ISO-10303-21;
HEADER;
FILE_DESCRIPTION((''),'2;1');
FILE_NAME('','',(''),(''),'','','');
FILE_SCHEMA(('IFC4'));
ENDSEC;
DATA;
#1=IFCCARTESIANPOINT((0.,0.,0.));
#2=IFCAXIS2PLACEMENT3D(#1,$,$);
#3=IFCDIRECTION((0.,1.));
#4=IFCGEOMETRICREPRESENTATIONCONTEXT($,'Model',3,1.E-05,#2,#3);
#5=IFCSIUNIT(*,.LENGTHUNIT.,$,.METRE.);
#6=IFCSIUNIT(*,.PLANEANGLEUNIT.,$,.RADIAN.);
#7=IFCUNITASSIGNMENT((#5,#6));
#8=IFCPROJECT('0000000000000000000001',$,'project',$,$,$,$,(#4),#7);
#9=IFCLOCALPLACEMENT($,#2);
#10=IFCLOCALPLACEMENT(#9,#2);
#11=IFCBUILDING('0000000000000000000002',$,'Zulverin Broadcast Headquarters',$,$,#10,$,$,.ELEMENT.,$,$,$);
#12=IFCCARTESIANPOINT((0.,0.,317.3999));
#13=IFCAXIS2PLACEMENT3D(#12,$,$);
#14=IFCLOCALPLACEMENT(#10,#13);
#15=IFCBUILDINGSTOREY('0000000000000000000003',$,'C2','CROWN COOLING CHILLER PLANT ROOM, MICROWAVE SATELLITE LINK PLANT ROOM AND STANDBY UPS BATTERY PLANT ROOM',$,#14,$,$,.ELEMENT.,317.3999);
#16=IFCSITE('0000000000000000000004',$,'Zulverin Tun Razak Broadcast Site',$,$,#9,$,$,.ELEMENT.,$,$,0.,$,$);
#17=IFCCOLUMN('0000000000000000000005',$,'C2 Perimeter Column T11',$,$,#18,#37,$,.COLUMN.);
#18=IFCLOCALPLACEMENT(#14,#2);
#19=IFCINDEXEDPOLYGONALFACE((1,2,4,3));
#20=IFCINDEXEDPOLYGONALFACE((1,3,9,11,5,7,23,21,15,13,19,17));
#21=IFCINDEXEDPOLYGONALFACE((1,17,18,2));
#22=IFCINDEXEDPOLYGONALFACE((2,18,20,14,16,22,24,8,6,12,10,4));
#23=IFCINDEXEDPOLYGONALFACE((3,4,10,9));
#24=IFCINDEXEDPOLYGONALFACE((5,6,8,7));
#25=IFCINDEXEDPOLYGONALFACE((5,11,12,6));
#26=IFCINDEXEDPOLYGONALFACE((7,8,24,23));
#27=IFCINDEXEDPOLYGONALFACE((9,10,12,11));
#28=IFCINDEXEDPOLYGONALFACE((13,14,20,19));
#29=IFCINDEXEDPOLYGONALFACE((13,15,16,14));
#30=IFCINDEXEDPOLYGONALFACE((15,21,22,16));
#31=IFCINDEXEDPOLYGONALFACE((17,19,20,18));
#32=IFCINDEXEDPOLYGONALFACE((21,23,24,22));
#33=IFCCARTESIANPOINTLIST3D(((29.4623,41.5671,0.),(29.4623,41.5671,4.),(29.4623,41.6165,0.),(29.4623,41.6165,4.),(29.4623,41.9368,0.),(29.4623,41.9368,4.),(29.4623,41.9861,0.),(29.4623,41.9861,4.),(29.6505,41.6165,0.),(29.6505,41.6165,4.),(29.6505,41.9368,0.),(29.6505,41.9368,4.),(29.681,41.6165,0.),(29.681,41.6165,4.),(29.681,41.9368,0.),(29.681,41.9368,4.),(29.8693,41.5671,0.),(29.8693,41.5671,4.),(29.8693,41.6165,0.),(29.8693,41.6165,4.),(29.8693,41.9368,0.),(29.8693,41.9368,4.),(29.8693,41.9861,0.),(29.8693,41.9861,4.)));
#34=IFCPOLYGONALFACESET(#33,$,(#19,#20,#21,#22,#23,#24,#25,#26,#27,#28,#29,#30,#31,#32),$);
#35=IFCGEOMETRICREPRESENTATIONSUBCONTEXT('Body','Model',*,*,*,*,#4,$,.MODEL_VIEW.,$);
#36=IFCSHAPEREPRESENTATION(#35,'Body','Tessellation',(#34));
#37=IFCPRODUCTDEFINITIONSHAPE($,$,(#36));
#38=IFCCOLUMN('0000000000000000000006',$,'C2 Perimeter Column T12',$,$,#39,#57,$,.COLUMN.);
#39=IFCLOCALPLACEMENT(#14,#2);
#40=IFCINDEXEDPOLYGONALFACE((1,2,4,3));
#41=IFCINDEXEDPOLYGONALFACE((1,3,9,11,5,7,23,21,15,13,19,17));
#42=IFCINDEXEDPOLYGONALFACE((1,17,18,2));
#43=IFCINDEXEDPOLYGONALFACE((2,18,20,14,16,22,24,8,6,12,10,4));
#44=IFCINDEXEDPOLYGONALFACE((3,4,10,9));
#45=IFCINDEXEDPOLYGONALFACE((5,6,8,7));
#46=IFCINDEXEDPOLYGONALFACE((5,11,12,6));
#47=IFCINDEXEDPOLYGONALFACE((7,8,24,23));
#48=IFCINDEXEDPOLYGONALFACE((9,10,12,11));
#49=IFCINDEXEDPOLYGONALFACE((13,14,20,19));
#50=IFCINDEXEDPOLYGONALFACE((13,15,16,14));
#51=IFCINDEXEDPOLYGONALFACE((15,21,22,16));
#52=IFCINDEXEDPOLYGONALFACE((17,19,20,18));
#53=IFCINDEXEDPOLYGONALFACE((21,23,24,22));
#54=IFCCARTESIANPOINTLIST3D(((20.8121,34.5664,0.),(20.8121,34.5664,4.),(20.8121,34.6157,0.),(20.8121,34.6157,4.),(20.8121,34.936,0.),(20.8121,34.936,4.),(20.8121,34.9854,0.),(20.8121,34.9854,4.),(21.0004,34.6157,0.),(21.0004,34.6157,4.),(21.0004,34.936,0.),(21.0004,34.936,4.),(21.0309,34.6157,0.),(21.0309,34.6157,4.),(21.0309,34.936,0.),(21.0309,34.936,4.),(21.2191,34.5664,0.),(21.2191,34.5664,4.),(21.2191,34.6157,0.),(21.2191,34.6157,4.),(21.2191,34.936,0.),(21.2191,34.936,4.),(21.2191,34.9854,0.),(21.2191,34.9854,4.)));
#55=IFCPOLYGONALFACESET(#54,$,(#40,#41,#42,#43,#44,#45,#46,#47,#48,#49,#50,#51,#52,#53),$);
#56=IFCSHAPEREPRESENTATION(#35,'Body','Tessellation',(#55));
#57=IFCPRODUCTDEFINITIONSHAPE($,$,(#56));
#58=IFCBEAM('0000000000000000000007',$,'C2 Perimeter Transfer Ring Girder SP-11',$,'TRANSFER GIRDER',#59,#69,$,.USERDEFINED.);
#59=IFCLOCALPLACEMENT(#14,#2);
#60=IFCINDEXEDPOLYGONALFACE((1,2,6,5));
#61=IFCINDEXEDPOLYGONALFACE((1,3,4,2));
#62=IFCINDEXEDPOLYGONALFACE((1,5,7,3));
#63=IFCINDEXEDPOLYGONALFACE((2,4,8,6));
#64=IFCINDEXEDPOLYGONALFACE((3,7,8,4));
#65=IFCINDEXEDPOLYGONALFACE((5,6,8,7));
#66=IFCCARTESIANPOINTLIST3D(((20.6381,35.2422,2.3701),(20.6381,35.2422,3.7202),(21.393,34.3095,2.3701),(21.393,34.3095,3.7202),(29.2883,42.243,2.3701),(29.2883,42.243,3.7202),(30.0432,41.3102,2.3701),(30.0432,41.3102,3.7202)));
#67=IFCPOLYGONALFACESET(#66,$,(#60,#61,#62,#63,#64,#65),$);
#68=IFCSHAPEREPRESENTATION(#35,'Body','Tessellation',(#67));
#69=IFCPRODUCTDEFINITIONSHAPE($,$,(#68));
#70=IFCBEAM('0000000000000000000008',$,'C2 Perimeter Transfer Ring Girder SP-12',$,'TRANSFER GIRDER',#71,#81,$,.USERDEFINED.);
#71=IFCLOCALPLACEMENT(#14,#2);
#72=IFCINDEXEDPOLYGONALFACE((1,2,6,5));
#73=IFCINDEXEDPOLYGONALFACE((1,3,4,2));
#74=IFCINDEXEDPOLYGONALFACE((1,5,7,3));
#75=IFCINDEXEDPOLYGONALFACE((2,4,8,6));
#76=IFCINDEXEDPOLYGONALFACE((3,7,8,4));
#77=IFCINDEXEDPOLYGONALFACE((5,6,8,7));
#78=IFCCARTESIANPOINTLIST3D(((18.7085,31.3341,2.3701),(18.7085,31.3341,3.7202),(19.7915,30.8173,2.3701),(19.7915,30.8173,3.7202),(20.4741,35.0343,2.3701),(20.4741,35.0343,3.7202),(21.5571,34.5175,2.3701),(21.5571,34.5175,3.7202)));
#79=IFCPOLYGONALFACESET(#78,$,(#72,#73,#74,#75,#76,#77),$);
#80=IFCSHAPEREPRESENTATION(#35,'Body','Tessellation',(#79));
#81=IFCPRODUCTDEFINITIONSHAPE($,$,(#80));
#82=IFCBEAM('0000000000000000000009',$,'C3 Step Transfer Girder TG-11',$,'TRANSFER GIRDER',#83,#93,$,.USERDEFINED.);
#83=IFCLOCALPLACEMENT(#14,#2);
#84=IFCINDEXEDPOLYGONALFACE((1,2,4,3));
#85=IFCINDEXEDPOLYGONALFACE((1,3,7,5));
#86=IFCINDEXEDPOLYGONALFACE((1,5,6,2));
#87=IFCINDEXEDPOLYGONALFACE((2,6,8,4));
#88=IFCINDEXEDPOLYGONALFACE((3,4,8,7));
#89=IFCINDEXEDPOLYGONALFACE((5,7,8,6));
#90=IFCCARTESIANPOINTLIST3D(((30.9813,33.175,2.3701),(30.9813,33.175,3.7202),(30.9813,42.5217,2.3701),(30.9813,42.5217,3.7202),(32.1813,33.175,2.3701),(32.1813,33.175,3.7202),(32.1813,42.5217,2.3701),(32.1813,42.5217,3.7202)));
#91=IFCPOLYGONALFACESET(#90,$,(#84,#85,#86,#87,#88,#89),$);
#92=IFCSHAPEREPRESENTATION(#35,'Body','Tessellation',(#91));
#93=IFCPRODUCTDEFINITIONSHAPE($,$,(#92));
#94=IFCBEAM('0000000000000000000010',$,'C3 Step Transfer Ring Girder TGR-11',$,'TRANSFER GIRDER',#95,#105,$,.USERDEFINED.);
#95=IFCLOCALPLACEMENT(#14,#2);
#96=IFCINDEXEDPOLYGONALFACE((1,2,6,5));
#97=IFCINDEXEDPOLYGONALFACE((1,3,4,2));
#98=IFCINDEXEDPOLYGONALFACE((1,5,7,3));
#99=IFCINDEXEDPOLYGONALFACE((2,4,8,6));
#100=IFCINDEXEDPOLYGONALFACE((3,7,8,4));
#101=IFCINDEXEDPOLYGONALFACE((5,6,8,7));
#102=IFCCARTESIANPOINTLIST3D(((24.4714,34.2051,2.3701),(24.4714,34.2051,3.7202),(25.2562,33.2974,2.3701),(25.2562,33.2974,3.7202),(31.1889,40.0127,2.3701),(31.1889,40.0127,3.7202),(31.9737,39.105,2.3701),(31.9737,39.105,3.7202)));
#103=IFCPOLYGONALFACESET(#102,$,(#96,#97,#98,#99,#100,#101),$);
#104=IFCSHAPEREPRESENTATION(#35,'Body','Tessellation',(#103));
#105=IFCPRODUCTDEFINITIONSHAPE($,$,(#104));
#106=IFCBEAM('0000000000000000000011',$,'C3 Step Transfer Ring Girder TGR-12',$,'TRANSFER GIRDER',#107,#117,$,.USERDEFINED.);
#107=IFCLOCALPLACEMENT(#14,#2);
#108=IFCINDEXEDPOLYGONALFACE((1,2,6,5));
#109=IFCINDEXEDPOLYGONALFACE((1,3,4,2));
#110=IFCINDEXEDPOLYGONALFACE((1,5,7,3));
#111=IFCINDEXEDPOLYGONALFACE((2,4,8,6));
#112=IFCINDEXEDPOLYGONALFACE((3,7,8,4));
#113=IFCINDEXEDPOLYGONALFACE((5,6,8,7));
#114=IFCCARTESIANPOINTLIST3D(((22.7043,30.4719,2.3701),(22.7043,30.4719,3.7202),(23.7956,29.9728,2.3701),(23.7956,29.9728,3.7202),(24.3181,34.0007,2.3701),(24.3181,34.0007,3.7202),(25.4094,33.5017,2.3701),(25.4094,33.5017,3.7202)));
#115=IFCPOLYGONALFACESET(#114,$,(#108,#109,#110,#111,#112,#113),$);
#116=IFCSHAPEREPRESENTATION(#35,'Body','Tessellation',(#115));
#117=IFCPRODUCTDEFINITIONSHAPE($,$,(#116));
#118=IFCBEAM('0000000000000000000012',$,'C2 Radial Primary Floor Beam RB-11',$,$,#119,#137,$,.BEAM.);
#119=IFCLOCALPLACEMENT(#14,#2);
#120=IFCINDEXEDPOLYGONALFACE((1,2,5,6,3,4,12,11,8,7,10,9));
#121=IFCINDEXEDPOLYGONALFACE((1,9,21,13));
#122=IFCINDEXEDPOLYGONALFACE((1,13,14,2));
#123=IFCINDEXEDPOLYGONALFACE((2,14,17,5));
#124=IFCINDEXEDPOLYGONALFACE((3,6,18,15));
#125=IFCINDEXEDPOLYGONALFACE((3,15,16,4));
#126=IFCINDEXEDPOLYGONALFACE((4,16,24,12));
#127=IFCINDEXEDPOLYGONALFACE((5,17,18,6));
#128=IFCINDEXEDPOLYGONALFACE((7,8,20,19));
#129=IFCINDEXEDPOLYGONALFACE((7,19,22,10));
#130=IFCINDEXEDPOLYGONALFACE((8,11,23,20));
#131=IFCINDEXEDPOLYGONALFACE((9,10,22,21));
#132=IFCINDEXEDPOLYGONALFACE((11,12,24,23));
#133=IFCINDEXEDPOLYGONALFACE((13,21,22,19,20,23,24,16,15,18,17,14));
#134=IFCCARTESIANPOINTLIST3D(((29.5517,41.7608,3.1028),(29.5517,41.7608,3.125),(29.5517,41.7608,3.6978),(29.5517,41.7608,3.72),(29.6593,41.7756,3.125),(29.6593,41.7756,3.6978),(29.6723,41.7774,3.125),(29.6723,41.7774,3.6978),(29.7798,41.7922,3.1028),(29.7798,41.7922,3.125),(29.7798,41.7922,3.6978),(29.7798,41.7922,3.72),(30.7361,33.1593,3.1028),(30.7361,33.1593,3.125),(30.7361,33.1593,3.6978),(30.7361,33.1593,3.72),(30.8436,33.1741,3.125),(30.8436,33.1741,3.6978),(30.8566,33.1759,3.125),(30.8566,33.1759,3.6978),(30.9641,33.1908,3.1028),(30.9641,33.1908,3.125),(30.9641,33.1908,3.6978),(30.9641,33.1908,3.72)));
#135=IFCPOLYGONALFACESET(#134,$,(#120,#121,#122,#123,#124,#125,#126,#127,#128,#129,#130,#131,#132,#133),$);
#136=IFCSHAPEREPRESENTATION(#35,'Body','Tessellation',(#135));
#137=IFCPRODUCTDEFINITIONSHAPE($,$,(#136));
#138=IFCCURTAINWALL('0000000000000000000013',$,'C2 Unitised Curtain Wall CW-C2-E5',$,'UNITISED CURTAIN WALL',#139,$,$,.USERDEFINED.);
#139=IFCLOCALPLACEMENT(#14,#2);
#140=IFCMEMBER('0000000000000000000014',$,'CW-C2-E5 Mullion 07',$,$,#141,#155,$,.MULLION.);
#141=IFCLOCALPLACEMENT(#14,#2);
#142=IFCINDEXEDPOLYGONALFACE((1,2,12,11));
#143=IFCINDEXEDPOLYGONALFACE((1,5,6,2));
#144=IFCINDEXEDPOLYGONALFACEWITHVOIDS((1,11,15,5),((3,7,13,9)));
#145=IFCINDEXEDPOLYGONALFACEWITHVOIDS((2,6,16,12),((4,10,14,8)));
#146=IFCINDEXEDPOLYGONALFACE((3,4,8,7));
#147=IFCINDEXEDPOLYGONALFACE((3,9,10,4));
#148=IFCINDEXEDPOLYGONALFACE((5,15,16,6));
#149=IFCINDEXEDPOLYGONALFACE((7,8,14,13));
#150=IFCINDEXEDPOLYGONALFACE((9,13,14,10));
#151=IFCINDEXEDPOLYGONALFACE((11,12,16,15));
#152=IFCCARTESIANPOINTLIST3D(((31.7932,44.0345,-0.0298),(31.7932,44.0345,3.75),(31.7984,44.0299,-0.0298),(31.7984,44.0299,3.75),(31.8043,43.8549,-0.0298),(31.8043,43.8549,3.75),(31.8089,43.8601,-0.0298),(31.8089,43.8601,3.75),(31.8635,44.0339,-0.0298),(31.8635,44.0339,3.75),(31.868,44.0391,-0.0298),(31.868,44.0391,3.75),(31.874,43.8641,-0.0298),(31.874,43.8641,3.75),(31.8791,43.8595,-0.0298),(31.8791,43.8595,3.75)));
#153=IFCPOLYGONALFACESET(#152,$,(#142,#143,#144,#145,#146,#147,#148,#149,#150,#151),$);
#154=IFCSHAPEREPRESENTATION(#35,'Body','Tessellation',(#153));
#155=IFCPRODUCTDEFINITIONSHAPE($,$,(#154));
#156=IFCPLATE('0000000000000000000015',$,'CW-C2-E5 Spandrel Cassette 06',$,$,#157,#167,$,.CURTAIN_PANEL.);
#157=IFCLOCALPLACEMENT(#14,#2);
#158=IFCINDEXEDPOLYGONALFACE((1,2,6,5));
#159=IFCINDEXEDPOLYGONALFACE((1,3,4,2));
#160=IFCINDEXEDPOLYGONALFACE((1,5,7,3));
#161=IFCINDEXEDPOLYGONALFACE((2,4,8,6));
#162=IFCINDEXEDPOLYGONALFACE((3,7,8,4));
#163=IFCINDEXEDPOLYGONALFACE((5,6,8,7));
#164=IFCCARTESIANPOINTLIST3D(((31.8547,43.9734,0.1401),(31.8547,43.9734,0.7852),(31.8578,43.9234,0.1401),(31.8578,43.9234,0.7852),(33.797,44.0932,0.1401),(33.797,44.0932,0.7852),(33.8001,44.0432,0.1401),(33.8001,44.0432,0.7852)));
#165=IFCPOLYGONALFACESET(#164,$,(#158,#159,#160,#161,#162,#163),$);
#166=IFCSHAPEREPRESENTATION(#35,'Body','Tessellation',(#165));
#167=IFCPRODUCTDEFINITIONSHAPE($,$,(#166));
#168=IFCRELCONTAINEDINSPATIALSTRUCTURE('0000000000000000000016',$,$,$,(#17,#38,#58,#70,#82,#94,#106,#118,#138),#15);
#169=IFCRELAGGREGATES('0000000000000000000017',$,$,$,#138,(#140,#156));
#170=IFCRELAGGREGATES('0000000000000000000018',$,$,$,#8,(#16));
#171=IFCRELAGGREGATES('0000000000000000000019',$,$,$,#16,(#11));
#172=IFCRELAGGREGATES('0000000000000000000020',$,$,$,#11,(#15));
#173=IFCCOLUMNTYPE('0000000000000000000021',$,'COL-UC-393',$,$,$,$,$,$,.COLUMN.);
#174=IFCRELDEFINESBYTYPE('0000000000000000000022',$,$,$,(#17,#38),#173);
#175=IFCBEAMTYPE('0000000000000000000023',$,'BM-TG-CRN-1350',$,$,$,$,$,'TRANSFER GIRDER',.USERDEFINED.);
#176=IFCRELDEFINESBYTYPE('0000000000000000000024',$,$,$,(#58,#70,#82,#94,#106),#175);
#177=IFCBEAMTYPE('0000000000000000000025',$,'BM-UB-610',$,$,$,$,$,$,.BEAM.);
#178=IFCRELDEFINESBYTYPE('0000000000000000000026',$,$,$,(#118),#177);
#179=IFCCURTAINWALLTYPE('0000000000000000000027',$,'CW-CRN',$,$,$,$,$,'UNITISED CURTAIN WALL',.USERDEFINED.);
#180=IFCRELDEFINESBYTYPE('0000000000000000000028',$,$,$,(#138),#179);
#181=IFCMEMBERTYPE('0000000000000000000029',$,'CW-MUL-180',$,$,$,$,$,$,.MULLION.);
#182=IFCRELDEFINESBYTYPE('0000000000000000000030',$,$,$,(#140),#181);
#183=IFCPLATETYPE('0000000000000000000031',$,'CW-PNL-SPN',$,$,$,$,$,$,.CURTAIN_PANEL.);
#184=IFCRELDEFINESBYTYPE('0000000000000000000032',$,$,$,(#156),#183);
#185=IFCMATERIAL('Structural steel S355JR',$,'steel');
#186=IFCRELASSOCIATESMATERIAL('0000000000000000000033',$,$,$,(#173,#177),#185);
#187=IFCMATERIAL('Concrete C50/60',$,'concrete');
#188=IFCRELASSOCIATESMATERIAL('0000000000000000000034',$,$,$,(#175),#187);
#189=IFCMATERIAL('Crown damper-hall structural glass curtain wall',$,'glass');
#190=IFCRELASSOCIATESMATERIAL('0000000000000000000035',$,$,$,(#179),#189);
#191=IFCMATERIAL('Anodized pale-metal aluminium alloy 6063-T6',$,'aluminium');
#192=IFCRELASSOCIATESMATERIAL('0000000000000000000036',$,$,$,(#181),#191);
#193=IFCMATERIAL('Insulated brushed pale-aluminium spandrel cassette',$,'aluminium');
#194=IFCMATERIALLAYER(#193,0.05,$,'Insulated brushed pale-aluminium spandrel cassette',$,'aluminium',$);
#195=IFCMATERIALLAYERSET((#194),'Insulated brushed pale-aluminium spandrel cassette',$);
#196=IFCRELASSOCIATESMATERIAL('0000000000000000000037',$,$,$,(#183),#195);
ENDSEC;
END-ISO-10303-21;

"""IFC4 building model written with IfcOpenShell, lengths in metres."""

from ifc_helpers import new_model, si_unit, direction, frame, origin, origin_2d, place, context, subcontext, project, spatial, rectangle, hollow_rectangle, i_section, extrude, material, layer, layer_set, material_profile, profile_set, type_object, element, aggregate, save


model = new_model("IFC4")

# Units and contexts
model_context = context("Model", 3, precision=1e-05, world=origin(), true_north=direction((0.0, 1.0)))
body_context = subcontext(model_context, "Body", "Model", "MODEL_VIEW")
ifc_project = project(units=[si_unit("LENGTHUNIT", "METRE"), si_unit("PLANEANGLEUNIT", "RADIAN")], contexts=[model_context])

# Site, building, storey
site_placement = place(None, origin())
site = spatial("IfcSite", under=ifc_project, at=site_placement, Name="Zulverin Tun Razak Broadcast Site", CompositionType="ELEMENT", RefElevation=0.0)
building_placement = place(site_placement, origin())
building = spatial("IfcBuilding", under=site, at=building_placement, Name="Zulverin Broadcast Headquarters", CompositionType="ELEMENT")
storey_placement = place(building_placement, frame((0.0, 0.0, 317.3999)))
storey = spatial("IfcBuildingStorey", under=building, at=storey_placement, Name="C2", Description="CROWN COOLING CHILLER PLANT ROOM, MICROWAVE SATELLITE LINK PLANT ROOM AND STANDBY UPS BATTERY PLANT ROOM", CompositionType="ELEMENT", Elevation=317.3999)

# Columns
ifc_material_1 = material(Name="Structural steel S355JR", Category="steel")
ifc_material_profile_1 = material_profile(ifc_material_1, i_section(OverallWidth=0.407, OverallDepth=0.4189, WebThickness=0.0305, FlangeThickness=0.0493, at=origin_2d()), Name="Structural steel S355JR", Category="steel")
ifc_profile_set_1 = profile_set([ifc_material_profile_1], Name="Structural steel S355JR")
column_type = type_object("IfcColumnType", Name="COL-UC-393", PredefinedType="COLUMN", material=ifc_profile_set_1)
for number, where, z_axis, x_axis, name in (
    (1, (29.6658, 41.7766, 0.0), (0.0, 0.0, 1.0), (1.0, 0.0, 0.0), "C2 Perimeter Column T11"),
    (2, (21.0156, 34.7759, 0.0), (0.0, 0.0, 1.0), (1.0, 0.0, 0.0), "C2 Perimeter Column T12"),
):
    element("IfcColumn", number, at=place(storey_placement, frame(where, z_axis=z_axis, x_axis=x_axis)), inside=storey, type_object=column_type, Name=name, PredefinedType="COLUMN", context=body_context, shape_type="SweptSolid", body=[
        extrude(i_section(OverallWidth=0.407, OverallDepth=0.4189, WebThickness=0.0305, FlangeThickness=0.0493, at=origin_2d()), origin(), (0.0, 0.0, 1.0), 4.0),
    ])

# Beams
ifc_material_2 = material(Name="Concrete C50/60", Category="concrete")
ifc_material_profile_2 = material_profile(ifc_material_2, rectangle(XDim=1.2, YDim=1.3501, at=origin_2d()), Name="Concrete C50/60", Category="concrete")
ifc_profile_set_2 = profile_set([ifc_material_profile_2], Name="Concrete C50/60")
beam_type_1 = type_object("IfcBeamType", Name="BM-TG-CRN-1350", ElementType="TRANSFER GIRDER", PredefinedType="USERDEFINED", material=ifc_profile_set_2)
beam_1_placement = place(storey_placement, frame((29.6658, 41.7766, 3.0452), z_axis=(-0.777323, -0.629102, 0.0), x_axis=(0.629102, -0.777323, 0.0)))
element("IfcBeam", 3, at=beam_1_placement, inside=storey, type_object=beam_type_1, Name="C2 Perimeter Transfer Ring Girder SP-11", ObjectType="TRANSFER GIRDER", PredefinedType="USERDEFINED", context=body_context, shape_type="SweptSolid", body=[
    extrude(rectangle(XDim=1.2, YDim=1.3501, at=origin_2d()), origin(), (0.0, 0.0, 1.0), 11.1282),
])
beam_2_placement = place(storey_placement, frame((21.0156, 34.7759, 3.0452), z_axis=(-0.430655, -0.902517, 0.0), x_axis=(0.902517, -0.430655, 0.0)))
element("IfcBeam", 4, at=beam_2_placement, inside=storey, type_object=beam_type_1, Name="C2 Perimeter Transfer Ring Girder SP-12", ObjectType="TRANSFER GIRDER", PredefinedType="USERDEFINED", context=body_context, shape_type="SweptSolid", body=[
    extrude(rectangle(XDim=1.2, YDim=1.3501, at=origin_2d()), origin(), (0.0, 0.0, 1.0), 4.0999),
])
beam_3_placement = place(storey_placement, frame((31.5813, 33.175, 3.0452), z_axis=(0.0, 1.0, 0.0), x_axis=(-1.0, 0.0, 0.0)))
element("IfcBeam", 5, at=beam_3_placement, inside=storey, type_object=beam_type_1, Name="C3 Step Transfer Girder TG-11", ObjectType="TRANSFER GIRDER", PredefinedType="USERDEFINED", context=body_context, shape_type="SweptSolid", body=[
    extrude(rectangle(XDim=1.2, YDim=1.3501, at=origin_2d()), origin(), (0.0, 0.0, 1.0), 9.3467),
])
beam_4_placement = place(storey_placement, frame((31.5813, 39.5588, 3.0452), z_axis=(-0.756482, -0.654014, 0.0), x_axis=(0.654014, -0.756482, 0.0)))
element("IfcBeam", 6, at=beam_4_placement, inside=storey, type_object=beam_type_1, Name="C3 Step Transfer Ring Girder TGR-11", ObjectType="TRANSFER GIRDER", PredefinedType="USERDEFINED", context=body_context, shape_type="SweptSolid", body=[
    extrude(rectangle(XDim=1.2, YDim=1.3501, at=origin_2d()), origin(), (0.0, 0.0, 1.0), 8.8799),
])
beam_5_placement = place(storey_placement, frame((24.8638, 33.7512, 3.0452), z_axis=(-0.415888, -0.909416, 0.0), x_axis=(0.909416, -0.415888, 0.0)))
element("IfcBeam", 7, at=beam_5_placement, inside=storey, type_object=beam_type_1, Name="C3 Step Transfer Ring Girder TGR-12", ObjectType="TRANSFER GIRDER", PredefinedType="USERDEFINED", context=body_context, shape_type="SweptSolid", body=[
    extrude(rectangle(XDim=1.2, YDim=1.3501, at=origin_2d()), origin(), (0.0, 0.0, 1.0), 3.8804),
])
ifc_material_profile_3 = material_profile(ifc_material_1, i_section(OverallWidth=0.2302, OverallDepth=0.6172, WebThickness=0.0132, FlangeThickness=0.0222, at=origin_2d()), Name="Structural steel S355JR", Category="steel")
ifc_profile_set_3 = profile_set([ifc_material_profile_3], Name="Structural steel S355JR")
beam_type_2 = type_object("IfcBeamType", Name="BM-UB-610", PredefinedType="BEAM", material=ifc_profile_set_3)
beam_6_placement = place(storey_placement, frame((30.8501, 33.175, 3.4114), z_axis=(-0.1364, 0.990654, 0.0), x_axis=(-0.990654, -0.1364, 0.0)))
element("IfcBeam", 8, at=beam_6_placement, inside=storey, type_object=beam_type_2, Name="C2 Radial Primary Floor Beam RB-11", PredefinedType="BEAM", context=body_context, shape_type="SweptSolid", body=[
    extrude(i_section(OverallWidth=0.2302, OverallDepth=0.6172, WebThickness=0.0132, FlangeThickness=0.0222, at=origin_2d()), origin(), (0.0, 0.0, 1.0), 8.6826),
])

# Curtain wall, member, plate
ifc_material_3 = material(Name="Crown damper-hall structural glass curtain wall", Category="glass")
curtain_wall_type = type_object("IfcCurtainWallType", Name="CW-CRN", ElementType="UNITISED CURTAIN WALL", PredefinedType="USERDEFINED", material=ifc_material_3)
curtain_wall_placement = place(storey_placement, origin())
curtain_wall = element("IfcCurtainWall", 9, at=curtain_wall_placement, inside=storey, type_object=curtain_wall_type, Name="C2 Unitised Curtain Wall CW-C2-E5", ObjectType="UNITISED CURTAIN WALL", PredefinedType="USERDEFINED")
ifc_material_4 = material(Name="Anodized pale-metal aluminium alloy 6063-T6", Category="aluminium")
ifc_material_profile_4 = material_profile(ifc_material_4, hollow_rectangle(XDim=0.075, YDim=0.1799, WallThickness=0.0049, at=origin_2d()), Name="Anodized pale-metal aluminium alloy 6063-T6", Category="aluminium")
ifc_profile_set_4 = profile_set([ifc_material_profile_4], Name="Anodized pale-metal aluminium alloy 6063-T6")
member_type = type_object("IfcMemberType", Name="CW-MUL-180", PredefinedType="MULLION", material=ifc_profile_set_4)
member_placement = place(storey_placement, frame((31.8362, 43.947, -0.0298), z_axis=(0.0, 0.0, 1.0), x_axis=(-0.998103, -0.061569, 0.0)))
member = element("IfcMember", 10, at=member_placement, type_object=member_type, Name="CW-C2-E5 Mullion 07", PredefinedType="MULLION", context=body_context, shape_type="SweptSolid", body=[
    extrude(hollow_rectangle(XDim=0.075, YDim=0.1799, WallThickness=0.0049, at=origin_2d()), origin(), (0.0, 0.0, 1.0), 3.7798),
])
ifc_material_5 = material(Name="Insulated brushed pale-aluminium spandrel cassette", Category="aluminium")
ifc_layer_1 = layer(ifc_material_5, 0.05, Name="Insulated brushed pale-aluminium spandrel cassette", Category="aluminium")
ifc_layer_set_1 = layer_set([ifc_layer_1], Name="Insulated brushed pale-aluminium spandrel cassette")
plate_type = type_object("IfcPlateType", Name="CW-PNL-SPN", PredefinedType="CURTAIN_PANEL", material=ifc_layer_set_1)
plate_placement = place(storey_placement, frame((32.8274, 44.0083, 0.1401), z_axis=(0.0, 0.0, 1.0), x_axis=(-0.998103, -0.061569, 0.0)))
plate = element("IfcPlate", 11, at=plate_placement, type_object=plate_type, Name="CW-C2-E5 Spandrel Cassette 06", PredefinedType="CURTAIN_PANEL", context=body_context, shape_type="SweptSolid", body=[
    extrude(rectangle(XDim=1.946, YDim=0.05, at=origin_2d()), origin(), (0.0, 0.0, 1.0), 0.645),
])
aggregate(curtain_wall, [member, plate])

save(model, "model.ifc")
